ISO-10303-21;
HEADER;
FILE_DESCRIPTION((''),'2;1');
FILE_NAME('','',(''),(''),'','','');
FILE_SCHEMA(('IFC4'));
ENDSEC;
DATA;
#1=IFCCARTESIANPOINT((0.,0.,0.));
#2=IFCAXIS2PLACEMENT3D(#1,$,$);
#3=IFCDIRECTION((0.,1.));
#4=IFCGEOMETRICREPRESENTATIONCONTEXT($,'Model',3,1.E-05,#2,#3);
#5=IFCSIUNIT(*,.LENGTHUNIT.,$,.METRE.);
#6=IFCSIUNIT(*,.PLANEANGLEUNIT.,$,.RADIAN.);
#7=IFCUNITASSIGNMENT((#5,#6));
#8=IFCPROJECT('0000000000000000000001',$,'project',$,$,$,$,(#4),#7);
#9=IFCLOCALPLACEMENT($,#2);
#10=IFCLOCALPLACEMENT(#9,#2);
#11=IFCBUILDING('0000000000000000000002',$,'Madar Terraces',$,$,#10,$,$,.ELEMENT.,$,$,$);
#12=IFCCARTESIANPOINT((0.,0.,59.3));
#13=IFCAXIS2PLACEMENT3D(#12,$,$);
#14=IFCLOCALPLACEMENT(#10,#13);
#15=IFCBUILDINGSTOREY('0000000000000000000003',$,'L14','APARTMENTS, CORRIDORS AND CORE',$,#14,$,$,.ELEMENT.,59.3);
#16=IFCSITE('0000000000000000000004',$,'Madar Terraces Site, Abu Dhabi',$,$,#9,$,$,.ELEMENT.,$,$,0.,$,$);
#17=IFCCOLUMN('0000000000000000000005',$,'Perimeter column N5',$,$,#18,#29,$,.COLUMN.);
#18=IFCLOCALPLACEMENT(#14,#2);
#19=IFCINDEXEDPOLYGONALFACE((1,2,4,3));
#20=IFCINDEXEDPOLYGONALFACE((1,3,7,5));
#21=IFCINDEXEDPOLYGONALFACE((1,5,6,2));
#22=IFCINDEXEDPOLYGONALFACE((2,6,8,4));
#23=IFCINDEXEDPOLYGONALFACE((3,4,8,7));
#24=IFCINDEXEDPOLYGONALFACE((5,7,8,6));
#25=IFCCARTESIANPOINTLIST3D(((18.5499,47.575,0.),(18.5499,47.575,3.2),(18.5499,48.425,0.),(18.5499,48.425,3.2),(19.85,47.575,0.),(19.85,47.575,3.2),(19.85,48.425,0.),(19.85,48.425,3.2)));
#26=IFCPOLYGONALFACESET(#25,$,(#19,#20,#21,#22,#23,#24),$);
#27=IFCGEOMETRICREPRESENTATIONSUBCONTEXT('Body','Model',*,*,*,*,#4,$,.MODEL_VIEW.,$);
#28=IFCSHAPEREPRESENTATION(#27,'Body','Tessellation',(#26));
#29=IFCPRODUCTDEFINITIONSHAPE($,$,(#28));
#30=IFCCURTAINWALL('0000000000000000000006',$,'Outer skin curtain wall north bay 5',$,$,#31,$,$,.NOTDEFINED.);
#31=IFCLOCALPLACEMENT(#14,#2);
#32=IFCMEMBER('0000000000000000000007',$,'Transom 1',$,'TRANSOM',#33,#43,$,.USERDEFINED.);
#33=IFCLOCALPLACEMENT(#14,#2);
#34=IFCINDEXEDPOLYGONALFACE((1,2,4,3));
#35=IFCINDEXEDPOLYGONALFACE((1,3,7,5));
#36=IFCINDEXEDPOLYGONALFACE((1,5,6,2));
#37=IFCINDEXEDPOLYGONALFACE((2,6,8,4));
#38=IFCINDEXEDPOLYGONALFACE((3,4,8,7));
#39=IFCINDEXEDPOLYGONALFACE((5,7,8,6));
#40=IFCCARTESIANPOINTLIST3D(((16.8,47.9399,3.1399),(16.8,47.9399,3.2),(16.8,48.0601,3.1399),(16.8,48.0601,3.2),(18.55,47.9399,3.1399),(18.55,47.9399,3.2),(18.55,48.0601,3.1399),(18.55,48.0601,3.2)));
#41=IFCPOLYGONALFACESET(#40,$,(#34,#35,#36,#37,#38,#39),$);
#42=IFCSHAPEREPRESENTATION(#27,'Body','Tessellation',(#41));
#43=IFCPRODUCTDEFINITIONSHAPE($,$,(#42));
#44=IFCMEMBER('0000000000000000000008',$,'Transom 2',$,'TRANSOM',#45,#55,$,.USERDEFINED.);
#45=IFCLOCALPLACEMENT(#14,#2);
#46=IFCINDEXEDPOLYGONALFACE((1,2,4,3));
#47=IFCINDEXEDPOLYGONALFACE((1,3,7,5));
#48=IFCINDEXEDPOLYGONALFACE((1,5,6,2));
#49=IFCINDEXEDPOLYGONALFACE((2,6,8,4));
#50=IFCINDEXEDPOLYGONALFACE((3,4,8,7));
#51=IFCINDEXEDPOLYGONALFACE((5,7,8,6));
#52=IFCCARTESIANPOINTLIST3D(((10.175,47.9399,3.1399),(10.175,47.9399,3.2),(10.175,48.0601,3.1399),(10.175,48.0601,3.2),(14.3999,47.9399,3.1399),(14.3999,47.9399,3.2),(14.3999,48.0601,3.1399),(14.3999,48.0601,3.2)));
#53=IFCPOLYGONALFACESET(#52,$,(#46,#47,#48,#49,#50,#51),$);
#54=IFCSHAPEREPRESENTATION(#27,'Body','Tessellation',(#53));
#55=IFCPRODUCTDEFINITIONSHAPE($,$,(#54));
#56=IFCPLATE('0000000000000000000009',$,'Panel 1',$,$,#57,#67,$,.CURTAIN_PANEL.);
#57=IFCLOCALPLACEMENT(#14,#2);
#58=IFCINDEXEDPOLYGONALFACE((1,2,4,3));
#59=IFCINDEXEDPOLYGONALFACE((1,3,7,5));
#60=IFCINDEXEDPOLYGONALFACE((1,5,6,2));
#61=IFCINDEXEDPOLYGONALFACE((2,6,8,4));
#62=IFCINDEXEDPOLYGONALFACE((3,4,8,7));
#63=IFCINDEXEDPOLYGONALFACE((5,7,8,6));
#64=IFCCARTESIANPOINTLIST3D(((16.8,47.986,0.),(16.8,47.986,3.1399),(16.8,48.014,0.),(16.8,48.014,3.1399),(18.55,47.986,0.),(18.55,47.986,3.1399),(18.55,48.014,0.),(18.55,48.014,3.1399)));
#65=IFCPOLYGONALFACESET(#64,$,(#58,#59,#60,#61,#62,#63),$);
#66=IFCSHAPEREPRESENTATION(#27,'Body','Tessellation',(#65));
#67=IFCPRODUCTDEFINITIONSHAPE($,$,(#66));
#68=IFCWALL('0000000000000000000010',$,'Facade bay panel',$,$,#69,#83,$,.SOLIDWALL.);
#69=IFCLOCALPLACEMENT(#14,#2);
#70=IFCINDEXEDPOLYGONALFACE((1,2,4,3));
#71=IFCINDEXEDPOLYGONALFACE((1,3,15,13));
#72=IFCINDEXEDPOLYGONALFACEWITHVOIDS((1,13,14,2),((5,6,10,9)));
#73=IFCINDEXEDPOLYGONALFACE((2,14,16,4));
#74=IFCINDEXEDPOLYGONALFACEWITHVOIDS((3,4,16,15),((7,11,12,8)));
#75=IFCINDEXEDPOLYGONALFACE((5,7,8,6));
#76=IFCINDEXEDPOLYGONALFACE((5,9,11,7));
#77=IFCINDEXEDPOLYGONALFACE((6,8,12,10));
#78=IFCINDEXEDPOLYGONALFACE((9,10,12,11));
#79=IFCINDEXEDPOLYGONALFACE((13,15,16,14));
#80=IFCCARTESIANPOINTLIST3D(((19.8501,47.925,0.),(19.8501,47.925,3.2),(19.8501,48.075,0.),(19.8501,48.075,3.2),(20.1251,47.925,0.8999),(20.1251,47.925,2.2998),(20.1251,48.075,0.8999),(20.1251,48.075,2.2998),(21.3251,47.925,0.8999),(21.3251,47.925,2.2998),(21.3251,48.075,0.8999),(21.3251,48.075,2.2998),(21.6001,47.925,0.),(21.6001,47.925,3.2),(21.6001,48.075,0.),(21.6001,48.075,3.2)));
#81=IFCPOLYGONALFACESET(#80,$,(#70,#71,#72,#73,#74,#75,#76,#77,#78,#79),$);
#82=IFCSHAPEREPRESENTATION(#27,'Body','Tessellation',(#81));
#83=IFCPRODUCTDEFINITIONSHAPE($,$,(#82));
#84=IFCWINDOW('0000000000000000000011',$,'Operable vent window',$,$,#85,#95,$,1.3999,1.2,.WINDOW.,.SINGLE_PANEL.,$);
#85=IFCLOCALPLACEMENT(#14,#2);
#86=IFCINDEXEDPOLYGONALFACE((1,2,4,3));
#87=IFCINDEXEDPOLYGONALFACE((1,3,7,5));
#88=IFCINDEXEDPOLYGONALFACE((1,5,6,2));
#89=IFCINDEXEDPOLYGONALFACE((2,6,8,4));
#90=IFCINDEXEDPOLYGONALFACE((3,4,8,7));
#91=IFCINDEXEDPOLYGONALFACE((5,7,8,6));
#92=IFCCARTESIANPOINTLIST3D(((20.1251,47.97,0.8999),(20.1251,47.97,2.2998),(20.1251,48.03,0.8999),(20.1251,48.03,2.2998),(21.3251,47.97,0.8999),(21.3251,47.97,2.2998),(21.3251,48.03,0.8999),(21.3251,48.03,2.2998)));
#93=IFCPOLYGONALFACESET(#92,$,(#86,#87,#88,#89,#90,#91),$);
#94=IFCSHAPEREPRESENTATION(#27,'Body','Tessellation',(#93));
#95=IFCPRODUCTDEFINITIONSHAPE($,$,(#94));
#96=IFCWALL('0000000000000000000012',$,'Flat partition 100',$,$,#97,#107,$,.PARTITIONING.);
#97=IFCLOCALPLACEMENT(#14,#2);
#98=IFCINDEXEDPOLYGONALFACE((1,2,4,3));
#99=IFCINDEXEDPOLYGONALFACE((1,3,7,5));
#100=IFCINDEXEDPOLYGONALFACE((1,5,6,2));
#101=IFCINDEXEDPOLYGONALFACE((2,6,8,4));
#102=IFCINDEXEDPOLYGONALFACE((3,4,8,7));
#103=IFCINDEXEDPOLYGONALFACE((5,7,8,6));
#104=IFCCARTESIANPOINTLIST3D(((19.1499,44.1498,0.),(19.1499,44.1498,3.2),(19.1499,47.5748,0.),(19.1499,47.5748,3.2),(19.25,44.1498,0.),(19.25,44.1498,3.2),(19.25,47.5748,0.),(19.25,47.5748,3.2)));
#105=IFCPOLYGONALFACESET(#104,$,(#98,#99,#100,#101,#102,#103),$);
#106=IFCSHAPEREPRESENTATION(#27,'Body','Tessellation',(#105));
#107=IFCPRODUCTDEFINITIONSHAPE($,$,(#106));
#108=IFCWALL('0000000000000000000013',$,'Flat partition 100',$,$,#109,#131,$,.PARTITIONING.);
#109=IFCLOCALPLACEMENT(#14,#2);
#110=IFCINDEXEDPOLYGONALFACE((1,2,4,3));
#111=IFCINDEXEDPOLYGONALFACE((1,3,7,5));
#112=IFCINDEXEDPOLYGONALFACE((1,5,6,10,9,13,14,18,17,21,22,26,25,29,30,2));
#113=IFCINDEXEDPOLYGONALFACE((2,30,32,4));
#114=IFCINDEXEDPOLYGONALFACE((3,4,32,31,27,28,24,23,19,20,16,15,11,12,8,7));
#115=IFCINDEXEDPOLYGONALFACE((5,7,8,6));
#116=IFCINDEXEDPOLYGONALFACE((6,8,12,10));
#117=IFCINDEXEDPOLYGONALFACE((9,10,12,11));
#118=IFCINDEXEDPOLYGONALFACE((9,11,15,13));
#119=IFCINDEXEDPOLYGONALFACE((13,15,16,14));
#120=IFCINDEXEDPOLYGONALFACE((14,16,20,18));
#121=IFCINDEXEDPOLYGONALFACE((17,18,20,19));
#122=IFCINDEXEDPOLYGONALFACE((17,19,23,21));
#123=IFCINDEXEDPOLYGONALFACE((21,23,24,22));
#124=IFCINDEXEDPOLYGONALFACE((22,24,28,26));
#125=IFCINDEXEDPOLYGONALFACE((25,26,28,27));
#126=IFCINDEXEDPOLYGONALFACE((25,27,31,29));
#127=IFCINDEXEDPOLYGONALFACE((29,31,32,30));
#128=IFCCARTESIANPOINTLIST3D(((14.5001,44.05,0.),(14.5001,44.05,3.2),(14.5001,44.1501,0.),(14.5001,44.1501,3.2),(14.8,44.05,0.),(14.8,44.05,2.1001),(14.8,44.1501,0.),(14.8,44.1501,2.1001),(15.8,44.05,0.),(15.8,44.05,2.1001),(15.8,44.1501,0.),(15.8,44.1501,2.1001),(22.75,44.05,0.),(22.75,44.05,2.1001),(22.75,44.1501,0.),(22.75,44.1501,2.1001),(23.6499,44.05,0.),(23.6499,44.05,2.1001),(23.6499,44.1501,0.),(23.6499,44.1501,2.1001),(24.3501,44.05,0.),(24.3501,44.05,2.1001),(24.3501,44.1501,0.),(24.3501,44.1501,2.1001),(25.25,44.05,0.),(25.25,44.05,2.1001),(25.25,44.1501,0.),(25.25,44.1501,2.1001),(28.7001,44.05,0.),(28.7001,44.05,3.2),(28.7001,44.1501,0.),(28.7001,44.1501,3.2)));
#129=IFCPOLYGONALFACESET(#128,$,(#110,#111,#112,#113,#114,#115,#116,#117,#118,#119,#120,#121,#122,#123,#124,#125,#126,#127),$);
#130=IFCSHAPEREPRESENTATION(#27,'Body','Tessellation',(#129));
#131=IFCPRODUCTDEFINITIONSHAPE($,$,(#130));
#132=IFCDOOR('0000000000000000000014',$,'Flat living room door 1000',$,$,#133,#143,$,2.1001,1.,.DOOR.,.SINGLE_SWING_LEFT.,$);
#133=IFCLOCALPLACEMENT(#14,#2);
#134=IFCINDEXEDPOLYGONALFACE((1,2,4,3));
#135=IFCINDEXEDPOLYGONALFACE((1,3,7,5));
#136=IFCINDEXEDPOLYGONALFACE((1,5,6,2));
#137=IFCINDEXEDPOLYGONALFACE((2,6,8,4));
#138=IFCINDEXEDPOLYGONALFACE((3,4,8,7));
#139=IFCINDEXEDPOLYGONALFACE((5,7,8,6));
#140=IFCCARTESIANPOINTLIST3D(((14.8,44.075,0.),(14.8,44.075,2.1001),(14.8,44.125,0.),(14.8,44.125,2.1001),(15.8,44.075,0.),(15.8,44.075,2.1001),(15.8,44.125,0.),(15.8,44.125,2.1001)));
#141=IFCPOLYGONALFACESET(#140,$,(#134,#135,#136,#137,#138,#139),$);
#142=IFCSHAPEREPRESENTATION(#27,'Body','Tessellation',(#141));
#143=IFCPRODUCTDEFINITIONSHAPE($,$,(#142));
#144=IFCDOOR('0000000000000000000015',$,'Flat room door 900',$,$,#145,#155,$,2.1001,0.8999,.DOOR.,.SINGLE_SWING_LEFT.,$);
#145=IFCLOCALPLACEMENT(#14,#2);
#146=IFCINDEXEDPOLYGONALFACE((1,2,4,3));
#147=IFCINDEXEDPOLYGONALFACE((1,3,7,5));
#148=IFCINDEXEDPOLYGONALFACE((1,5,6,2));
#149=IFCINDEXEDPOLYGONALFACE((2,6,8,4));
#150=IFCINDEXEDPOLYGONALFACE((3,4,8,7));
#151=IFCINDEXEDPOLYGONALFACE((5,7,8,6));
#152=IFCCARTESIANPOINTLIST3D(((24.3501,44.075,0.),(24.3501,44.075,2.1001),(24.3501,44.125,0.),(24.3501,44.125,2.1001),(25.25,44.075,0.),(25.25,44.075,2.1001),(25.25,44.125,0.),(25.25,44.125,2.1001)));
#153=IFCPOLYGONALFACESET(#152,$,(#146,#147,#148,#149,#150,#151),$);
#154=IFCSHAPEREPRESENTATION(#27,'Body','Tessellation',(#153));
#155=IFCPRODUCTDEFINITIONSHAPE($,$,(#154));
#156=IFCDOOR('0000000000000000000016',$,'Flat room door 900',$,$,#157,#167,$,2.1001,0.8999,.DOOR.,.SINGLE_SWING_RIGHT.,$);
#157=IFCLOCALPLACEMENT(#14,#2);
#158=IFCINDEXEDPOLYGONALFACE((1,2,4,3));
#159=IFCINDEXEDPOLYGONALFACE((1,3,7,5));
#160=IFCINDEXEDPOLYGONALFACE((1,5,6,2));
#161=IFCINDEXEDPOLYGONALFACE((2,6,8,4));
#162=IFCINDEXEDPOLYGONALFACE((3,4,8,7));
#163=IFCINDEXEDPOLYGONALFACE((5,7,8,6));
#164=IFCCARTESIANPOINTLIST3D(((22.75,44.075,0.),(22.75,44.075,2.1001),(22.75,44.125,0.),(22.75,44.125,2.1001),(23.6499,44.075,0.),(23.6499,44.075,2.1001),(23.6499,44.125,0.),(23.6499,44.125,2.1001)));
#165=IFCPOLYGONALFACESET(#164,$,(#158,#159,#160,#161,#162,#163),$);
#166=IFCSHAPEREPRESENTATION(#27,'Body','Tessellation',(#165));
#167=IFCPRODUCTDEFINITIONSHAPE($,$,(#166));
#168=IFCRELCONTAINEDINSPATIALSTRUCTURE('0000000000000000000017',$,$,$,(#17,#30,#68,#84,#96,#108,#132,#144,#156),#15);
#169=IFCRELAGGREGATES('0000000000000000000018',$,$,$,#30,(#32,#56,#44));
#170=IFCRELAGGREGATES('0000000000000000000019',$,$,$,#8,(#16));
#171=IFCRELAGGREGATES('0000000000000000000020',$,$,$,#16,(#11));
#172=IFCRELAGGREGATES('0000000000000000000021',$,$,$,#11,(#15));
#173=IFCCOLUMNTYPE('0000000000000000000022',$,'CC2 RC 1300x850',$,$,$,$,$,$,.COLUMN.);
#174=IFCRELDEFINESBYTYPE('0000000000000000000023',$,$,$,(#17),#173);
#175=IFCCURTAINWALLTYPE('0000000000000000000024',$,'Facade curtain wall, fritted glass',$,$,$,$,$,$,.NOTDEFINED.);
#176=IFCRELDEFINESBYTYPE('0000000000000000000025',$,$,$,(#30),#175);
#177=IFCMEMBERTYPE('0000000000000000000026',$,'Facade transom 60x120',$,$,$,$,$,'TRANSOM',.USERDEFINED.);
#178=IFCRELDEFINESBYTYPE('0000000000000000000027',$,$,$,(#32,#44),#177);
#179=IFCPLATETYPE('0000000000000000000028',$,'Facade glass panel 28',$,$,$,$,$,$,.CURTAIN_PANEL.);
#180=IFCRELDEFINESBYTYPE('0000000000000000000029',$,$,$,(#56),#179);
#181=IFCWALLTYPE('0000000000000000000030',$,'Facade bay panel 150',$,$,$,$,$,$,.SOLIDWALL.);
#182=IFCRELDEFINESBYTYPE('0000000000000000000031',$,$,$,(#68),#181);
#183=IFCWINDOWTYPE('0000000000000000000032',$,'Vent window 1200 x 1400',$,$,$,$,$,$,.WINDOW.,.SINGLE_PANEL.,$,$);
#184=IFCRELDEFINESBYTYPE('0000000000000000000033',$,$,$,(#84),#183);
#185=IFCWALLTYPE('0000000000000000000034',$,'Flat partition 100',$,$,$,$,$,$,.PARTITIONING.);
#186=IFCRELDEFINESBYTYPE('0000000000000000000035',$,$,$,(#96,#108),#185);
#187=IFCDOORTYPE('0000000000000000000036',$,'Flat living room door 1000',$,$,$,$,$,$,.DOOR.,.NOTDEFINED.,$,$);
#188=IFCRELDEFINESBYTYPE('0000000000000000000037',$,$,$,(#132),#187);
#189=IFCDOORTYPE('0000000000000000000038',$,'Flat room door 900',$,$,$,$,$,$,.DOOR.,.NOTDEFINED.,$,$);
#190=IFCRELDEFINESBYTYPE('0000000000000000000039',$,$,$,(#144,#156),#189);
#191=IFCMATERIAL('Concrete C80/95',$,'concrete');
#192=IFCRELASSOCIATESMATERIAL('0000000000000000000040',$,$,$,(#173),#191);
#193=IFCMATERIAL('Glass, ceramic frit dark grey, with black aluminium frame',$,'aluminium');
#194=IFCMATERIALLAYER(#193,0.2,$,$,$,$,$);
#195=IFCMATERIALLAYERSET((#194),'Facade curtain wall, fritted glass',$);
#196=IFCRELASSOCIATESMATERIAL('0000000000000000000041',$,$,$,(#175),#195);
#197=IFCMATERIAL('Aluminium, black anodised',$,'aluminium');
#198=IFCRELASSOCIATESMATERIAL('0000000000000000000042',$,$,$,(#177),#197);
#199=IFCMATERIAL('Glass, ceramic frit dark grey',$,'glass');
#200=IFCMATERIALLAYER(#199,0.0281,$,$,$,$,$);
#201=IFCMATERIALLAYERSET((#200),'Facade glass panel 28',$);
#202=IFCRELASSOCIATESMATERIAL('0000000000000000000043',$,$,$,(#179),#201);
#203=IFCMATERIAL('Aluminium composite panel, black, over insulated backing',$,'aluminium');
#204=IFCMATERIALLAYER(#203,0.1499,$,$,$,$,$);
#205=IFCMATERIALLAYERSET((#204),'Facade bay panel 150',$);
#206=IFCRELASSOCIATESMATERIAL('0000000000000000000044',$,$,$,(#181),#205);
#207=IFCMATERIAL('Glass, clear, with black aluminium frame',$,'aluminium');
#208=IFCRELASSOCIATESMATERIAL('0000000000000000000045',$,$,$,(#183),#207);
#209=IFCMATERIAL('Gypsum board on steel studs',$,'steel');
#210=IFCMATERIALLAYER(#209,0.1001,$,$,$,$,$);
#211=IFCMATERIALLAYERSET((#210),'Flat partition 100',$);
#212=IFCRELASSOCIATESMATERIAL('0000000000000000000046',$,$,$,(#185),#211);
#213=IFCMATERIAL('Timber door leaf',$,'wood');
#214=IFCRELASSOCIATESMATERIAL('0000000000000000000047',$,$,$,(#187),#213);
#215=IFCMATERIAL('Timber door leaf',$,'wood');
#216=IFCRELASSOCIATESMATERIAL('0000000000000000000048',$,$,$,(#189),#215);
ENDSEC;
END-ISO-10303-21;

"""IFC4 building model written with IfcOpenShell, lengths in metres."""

from ifc_helpers import new_model, si_unit, direction, frame, frame_2d, origin, origin_2d, place, context, subcontext, project, spatial, rectangle, extrude, material, layer, layer_set, material_profile, profile_set, type_object, element, fill, aggregate, save


model = new_model("IFC4")

# Units and contexts
model_context = context("Model", 3, precision=1e-05, world=origin(), true_north=direction((0.0, 1.0)))
body_context = subcontext(model_context, "Body", "Model", "MODEL_VIEW")
ifc_project = project(units=[si_unit("LENGTHUNIT", "METRE"), si_unit("PLANEANGLEUNIT", "RADIAN")], contexts=[model_context])

# Site, building, storey
site_placement = place(None, origin())
site = spatial("IfcSite", under=ifc_project, at=site_placement, Name="Madar Terraces Site, Abu Dhabi", CompositionType="ELEMENT", RefElevation=0.0)
building_placement = place(site_placement, origin())
building = spatial("IfcBuilding", under=site, at=building_placement, Name="Madar Terraces", CompositionType="ELEMENT")
storey_placement = place(building_placement, frame((0.0, 0.0, 59.3)))
storey = spatial("IfcBuildingStorey", under=building, at=storey_placement, Name="L14", Description="APARTMENTS, CORRIDORS AND CORE", CompositionType="ELEMENT", Elevation=59.3)

# Column
ifc_material_1 = material(Name="Concrete C80/95", Category="concrete")
ifc_material_profile_1 = material_profile(ifc_material_1, rectangle(XDim=1.3, YDim=0.8501, at=origin_2d()), Name="CC2 RC 1300x850")
ifc_profile_set_1 = profile_set([ifc_material_profile_1], Name="Concrete C80/95")
column_type = type_object("IfcColumnType", Name="CC2 RC 1300x850", PredefinedType="COLUMN", material=ifc_profile_set_1)
column_placement = place(storey_placement, frame((19.2, 48.0, 0.0), z_axis=(0.0, 0.0, 1.0), x_axis=(1.0, 0.0, 0.0)))
element("IfcColumn", 1, at=column_placement, inside=storey, type_object=column_type, Name="Perimeter column N5", PredefinedType="COLUMN", context=body_context, shape_type="SweptSolid", body=[
    extrude(rectangle(XDim=1.3, YDim=0.8501, at=origin_2d()), origin(), (0.0, 0.0, 1.0), 3.2),
])

# Curtain wall, members, plate
ifc_material_2 = material(Name="Glass, ceramic frit dark grey, with black aluminium frame", Category="aluminium")
ifc_layer_1 = layer(ifc_material_2, 0.2)
ifc_layer_set_1 = layer_set([ifc_layer_1], Name="Facade curtain wall, fritted glass")
curtain_wall_type = type_object("IfcCurtainWallType", Name="Facade curtain wall, fritted glass", PredefinedType="NOTDEFINED", material=ifc_layer_set_1)
curtain_wall_placement = place(storey_placement, origin())
curtain_wall = element("IfcCurtainWall", 2, at=curtain_wall_placement, inside=storey, type_object=curtain_wall_type, Name="Outer skin curtain wall north bay 5", PredefinedType="NOTDEFINED")
ifc_material_3 = material(Name="Aluminium, black anodised", Category="aluminium")
ifc_material_profile_2 = material_profile(ifc_material_3, rectangle(XDim=0.1201, YDim=0.0601, at=origin_2d()), Name="Facade transom 60x120")
ifc_profile_set_2 = profile_set([ifc_material_profile_2], Name="Aluminium, black anodised")
member_type = type_object("IfcMemberType", Name="Facade transom 60x120", ElementType="TRANSOM", PredefinedType="USERDEFINED", material=ifc_profile_set_2)
member_1_placement = place(storey_placement, frame((18.55, 48.0, 3.1699), z_axis=(-1.0, 0.0, 0.0), x_axis=(0.0, -1.0, 0.0)))
member_1 = element("IfcMember", 3, at=member_1_placement, type_object=member_type, Name="Transom 1", ObjectType="TRANSOM", PredefinedType="USERDEFINED", context=body_context, shape_type="SweptSolid", body=[
    extrude(rectangle(XDim=0.1201, YDim=0.0601, at=origin_2d()), origin(), (0.0, 0.0, 1.0), 1.75),
])
member_2_placement = place(storey_placement, frame((14.3999, 48.0, 3.1699), z_axis=(-1.0, 0.0, 0.0), x_axis=(0.0, -1.0, 0.0)))
member_2 = element("IfcMember", 4, at=member_2_placement, type_object=member_type, Name="Transom 2", ObjectType="TRANSOM", PredefinedType="USERDEFINED", context=body_context, shape_type="SweptSolid", body=[
    extrude(rectangle(XDim=0.1201, YDim=0.0601, at=origin_2d()), origin(), (0.0, 0.0, 1.0), 4.2249),
])
ifc_material_4 = material(Name="Glass, ceramic frit dark grey", Category="glass")
ifc_layer_2 = layer(ifc_material_4, 0.0281)
ifc_layer_set_2 = layer_set([ifc_layer_2], Name="Facade glass panel 28")
plate_type = type_object("IfcPlateType", Name="Facade glass panel 28", PredefinedType="CURTAIN_PANEL", material=ifc_layer_set_2)
plate_placement = place(storey_placement, frame((17.675, 48.0, 0.0), z_axis=(0.0, 0.0, 1.0), x_axis=(-1.0, 0.0, 0.0)))
plate = element("IfcPlate", 5, at=plate_placement, type_object=plate_type, Name="Panel 1", PredefinedType="CURTAIN_PANEL", context=body_context, shape_type="SweptSolid", body=[
    extrude(rectangle(XDim=1.75, YDim=0.0281, at=origin_2d()), origin(), (0.0, 0.0, 1.0), 3.1399),
])
aggregate(curtain_wall, [member_1, plate, member_2])

# Wall, opening, window
ifc_material_5 = material(Name="Aluminium composite panel, black, over insulated backing", Category="aluminium")
ifc_layer_3 = layer(ifc_material_5, 0.1499)
ifc_layer_set_3 = layer_set([ifc_layer_3], Name="Facade bay panel 150")
wall_type_1 = type_object("IfcWallType", Name="Facade bay panel 150", PredefinedType="SOLIDWALL", material=ifc_layer_set_3)
wall_1_placement = place(storey_placement, frame((21.6001, 48.0, 0.0), z_axis=(0.0, 0.0, 1.0), x_axis=(-1.0, 0.0, 0.0)))
wall_1 = element("IfcWall", 6, at=wall_1_placement, inside=storey, type_object=wall_type_1, Name="Facade bay panel", PredefinedType="SOLIDWALL", context=body_context, shape_type="SweptSolid", body=[
    extrude(rectangle(XDim=1.75, YDim=0.1499, at=frame_2d((0.875, 0.0))), origin(), (0.0, 0.0, 1.0), 3.2),
])
opening_1_placement = place(wall_1_placement, frame((0.2749, 0.0, 0.8999)))
opening_1 = element("IfcOpeningElement", 7, at=opening_1_placement, cuts=wall_1, PredefinedType="OPENING", context=body_context, shape_type="SweptSolid", body=[
    extrude(rectangle(XDim=1.2, YDim=1.3999, at=frame_2d((0.6001, 0.7))), frame((0.0, 0.085, 0.0), z_axis=(0.0, -1.0, 0.0), x_axis=(1.0, 0.0, 0.0)), (0.0, 0.0, 1.0), 0.1699),
])
ifc_material_6 = material(Name="Glass, clear, with black aluminium frame", Category="aluminium")
window_type = type_object("IfcWindowType", Name="Vent window 1200 x 1400", PartitioningType="SINGLE_PANEL", PredefinedType="WINDOW", material=ifc_material_6)
window_placement = place(opening_1_placement, origin())
window = element("IfcWindow", 8, at=window_placement, inside=storey, type_object=window_type, Name="Operable vent window", OverallHeight=1.3999, OverallWidth=1.2, PartitioningType="SINGLE_PANEL", PredefinedType="WINDOW", context=body_context, shape_type="SweptSolid", body=[
    extrude(rectangle(XDim=1.2, YDim=1.3999, at=frame_2d((0.6001, 0.7))), frame((0.0, 0.03, 0.0), z_axis=(0.0, -1.0, 0.0), x_axis=(1.0, 0.0, 0.0)), (0.0, 0.0, 1.0), 0.0601),
])
fill(opening_1, window)

# Wall
ifc_material_7 = material(Name="Gypsum board on steel studs", Category="steel")
ifc_layer_4 = layer(ifc_material_7, 0.1001)
ifc_layer_set_4 = layer_set([ifc_layer_4], Name="Flat partition 100")
wall_type_2 = type_object("IfcWallType", Name="Flat partition 100", PredefinedType="PARTITIONING", material=ifc_layer_set_4)
wall_2_placement = place(storey_placement, frame((19.2, 44.1499, 0.0), z_axis=(0.0, 0.0, 1.0), x_axis=(0.0, 1.0, 0.0)))
element("IfcWall", 9, at=wall_2_placement, inside=storey, type_object=wall_type_2, Name="Flat partition 100", PredefinedType="PARTITIONING", context=body_context, shape_type="SweptSolid", body=[
    extrude(rectangle(XDim=3.425, YDim=0.1001, at=frame_2d((1.7124, 0.0))), origin(), (0.0, 0.0, 1.0), 3.2),
])

# Wall, openings, doors
wall_3_placement = place(storey_placement, frame((14.5, 44.1001, 0.0), z_axis=(0.0, 0.0, 1.0), x_axis=(1.0, 0.0, 0.0)))
wall_3 = element("IfcWall", 10, at=wall_3_placement, inside=storey, type_object=wall_type_2, Name="Flat partition 100", PredefinedType="PARTITIONING", context=body_context, shape_type="SweptSolid", body=[
    extrude(rectangle(XDim=14.2, YDim=0.1001, at=frame_2d((7.1001, 0.0))), origin(), (0.0, 0.0, 1.0), 3.2),
])
opening_2_placement = place(wall_3_placement, frame((9.8501, 0.0, 0.0)))
opening_2 = element("IfcOpeningElement", 11, at=opening_2_placement, cuts=wall_3, PredefinedType="OPENING", context=body_context, shape_type="SweptSolid", body=[
    extrude(rectangle(XDim=0.8999, YDim=2.1001, at=frame_2d((0.45, 1.05))), frame((0.0, 0.0601, 0.0), z_axis=(0.0, -1.0, 0.0), x_axis=(1.0, 0.0, 0.0)), (0.0, 0.0, 1.0), 0.1201),
])
opening_3_placement = place(wall_3_placement, frame((8.25, 0.0, 0.0)))
opening_3 = element("IfcOpeningElement", 12, at=opening_3_placement, cuts=wall_3, PredefinedType="OPENING", context=body_context, shape_type="SweptSolid", body=[
    extrude(rectangle(XDim=0.8999, YDim=2.1001, at=frame_2d((0.45, 1.05))), frame((0.0, 0.0601, 0.0), z_axis=(0.0, -1.0, 0.0), x_axis=(1.0, 0.0, 0.0)), (0.0, 0.0, 1.0), 0.1201),
])
opening_4_placement = place(wall_3_placement, frame((0.3, 0.0, 0.0)))
opening_4 = element("IfcOpeningElement", 13, at=opening_4_placement, cuts=wall_3, PredefinedType="OPENING", context=body_context, shape_type="SweptSolid", body=[
    extrude(rectangle(XDim=1.0, YDim=2.1001, at=frame_2d((0.5, 1.05))), frame((0.0, 0.0601, 0.0), z_axis=(0.0, -1.0, 0.0), x_axis=(1.0, 0.0, 0.0)), (0.0, 0.0, 1.0), 0.1201),
])
ifc_material_8 = material(Name="Timber door leaf", Category="wood")
door_type_1 = type_object("IfcDoorType", Name="Flat living room door 1000", OperationType="NOTDEFINED", PredefinedType="DOOR", material=ifc_material_8)
door_1_placement = place(opening_4_placement, origin())
door_1 = element("IfcDoor", 14, at=door_1_placement, inside=storey, type_object=door_type_1, Name="Flat living room door 1000", OperationType="SINGLE_SWING_LEFT", OverallHeight=2.1001, OverallWidth=1.0, PredefinedType="DOOR", context=body_context, shape_type="SweptSolid", body=[
    extrude(rectangle(XDim=1.0, YDim=2.1001, at=frame_2d((0.5, 1.05))), frame((0.0, 0.0249, 0.0), z_axis=(0.0, -1.0, 0.0), x_axis=(1.0, 0.0, 0.0)), (0.0, 0.0, 1.0), 0.05),
])
fill(opening_4, door_1)
ifc_material_9 = material(Name="Timber door leaf", Category="wood")
door_type_2 = type_object("IfcDoorType", Name="Flat room door 900", OperationType="NOTDEFINED", PredefinedType="DOOR", material=ifc_material_9)
door_2_placement = place(opening_2_placement, origin())
door_2 = element("IfcDoor", 15, at=door_2_placement, inside=storey, type_object=door_type_2, Name="Flat room door 900", OperationType="SINGLE_SWING_LEFT", OverallHeight=2.1001, OverallWidth=0.8999, PredefinedType="DOOR", context=body_context, shape_type="SweptSolid", body=[
    extrude(rectangle(XDim=0.8999, YDim=2.1001, at=frame_2d((0.45, 1.05))), frame((0.0, 0.0249, 0.0), z_axis=(0.0, -1.0, 0.0), x_axis=(1.0, 0.0, 0.0)), (0.0, 0.0, 1.0), 0.05),
])
fill(opening_2, door_2)
door_3_placement = place(opening_3_placement, origin())
door_3 = element("IfcDoor", 16, at=door_3_placement, inside=storey, type_object=door_type_2, Name="Flat room door 900", OperationType="SINGLE_SWING_RIGHT", OverallHeight=2.1001, OverallWidth=0.8999, PredefinedType="DOOR", context=body_context, shape_type="SweptSolid", body=[
    extrude(rectangle(XDim=0.8999, YDim=2.1001, at=frame_2d((0.45, 1.05))), frame((0.0, 0.0249, 0.0), z_axis=(0.0, -1.0, 0.0), x_axis=(1.0, 0.0, 0.0)), (0.0, 0.0, 1.0), 0.05),
])
fill(opening_3, door_3)

save(model, "model.ifc")
